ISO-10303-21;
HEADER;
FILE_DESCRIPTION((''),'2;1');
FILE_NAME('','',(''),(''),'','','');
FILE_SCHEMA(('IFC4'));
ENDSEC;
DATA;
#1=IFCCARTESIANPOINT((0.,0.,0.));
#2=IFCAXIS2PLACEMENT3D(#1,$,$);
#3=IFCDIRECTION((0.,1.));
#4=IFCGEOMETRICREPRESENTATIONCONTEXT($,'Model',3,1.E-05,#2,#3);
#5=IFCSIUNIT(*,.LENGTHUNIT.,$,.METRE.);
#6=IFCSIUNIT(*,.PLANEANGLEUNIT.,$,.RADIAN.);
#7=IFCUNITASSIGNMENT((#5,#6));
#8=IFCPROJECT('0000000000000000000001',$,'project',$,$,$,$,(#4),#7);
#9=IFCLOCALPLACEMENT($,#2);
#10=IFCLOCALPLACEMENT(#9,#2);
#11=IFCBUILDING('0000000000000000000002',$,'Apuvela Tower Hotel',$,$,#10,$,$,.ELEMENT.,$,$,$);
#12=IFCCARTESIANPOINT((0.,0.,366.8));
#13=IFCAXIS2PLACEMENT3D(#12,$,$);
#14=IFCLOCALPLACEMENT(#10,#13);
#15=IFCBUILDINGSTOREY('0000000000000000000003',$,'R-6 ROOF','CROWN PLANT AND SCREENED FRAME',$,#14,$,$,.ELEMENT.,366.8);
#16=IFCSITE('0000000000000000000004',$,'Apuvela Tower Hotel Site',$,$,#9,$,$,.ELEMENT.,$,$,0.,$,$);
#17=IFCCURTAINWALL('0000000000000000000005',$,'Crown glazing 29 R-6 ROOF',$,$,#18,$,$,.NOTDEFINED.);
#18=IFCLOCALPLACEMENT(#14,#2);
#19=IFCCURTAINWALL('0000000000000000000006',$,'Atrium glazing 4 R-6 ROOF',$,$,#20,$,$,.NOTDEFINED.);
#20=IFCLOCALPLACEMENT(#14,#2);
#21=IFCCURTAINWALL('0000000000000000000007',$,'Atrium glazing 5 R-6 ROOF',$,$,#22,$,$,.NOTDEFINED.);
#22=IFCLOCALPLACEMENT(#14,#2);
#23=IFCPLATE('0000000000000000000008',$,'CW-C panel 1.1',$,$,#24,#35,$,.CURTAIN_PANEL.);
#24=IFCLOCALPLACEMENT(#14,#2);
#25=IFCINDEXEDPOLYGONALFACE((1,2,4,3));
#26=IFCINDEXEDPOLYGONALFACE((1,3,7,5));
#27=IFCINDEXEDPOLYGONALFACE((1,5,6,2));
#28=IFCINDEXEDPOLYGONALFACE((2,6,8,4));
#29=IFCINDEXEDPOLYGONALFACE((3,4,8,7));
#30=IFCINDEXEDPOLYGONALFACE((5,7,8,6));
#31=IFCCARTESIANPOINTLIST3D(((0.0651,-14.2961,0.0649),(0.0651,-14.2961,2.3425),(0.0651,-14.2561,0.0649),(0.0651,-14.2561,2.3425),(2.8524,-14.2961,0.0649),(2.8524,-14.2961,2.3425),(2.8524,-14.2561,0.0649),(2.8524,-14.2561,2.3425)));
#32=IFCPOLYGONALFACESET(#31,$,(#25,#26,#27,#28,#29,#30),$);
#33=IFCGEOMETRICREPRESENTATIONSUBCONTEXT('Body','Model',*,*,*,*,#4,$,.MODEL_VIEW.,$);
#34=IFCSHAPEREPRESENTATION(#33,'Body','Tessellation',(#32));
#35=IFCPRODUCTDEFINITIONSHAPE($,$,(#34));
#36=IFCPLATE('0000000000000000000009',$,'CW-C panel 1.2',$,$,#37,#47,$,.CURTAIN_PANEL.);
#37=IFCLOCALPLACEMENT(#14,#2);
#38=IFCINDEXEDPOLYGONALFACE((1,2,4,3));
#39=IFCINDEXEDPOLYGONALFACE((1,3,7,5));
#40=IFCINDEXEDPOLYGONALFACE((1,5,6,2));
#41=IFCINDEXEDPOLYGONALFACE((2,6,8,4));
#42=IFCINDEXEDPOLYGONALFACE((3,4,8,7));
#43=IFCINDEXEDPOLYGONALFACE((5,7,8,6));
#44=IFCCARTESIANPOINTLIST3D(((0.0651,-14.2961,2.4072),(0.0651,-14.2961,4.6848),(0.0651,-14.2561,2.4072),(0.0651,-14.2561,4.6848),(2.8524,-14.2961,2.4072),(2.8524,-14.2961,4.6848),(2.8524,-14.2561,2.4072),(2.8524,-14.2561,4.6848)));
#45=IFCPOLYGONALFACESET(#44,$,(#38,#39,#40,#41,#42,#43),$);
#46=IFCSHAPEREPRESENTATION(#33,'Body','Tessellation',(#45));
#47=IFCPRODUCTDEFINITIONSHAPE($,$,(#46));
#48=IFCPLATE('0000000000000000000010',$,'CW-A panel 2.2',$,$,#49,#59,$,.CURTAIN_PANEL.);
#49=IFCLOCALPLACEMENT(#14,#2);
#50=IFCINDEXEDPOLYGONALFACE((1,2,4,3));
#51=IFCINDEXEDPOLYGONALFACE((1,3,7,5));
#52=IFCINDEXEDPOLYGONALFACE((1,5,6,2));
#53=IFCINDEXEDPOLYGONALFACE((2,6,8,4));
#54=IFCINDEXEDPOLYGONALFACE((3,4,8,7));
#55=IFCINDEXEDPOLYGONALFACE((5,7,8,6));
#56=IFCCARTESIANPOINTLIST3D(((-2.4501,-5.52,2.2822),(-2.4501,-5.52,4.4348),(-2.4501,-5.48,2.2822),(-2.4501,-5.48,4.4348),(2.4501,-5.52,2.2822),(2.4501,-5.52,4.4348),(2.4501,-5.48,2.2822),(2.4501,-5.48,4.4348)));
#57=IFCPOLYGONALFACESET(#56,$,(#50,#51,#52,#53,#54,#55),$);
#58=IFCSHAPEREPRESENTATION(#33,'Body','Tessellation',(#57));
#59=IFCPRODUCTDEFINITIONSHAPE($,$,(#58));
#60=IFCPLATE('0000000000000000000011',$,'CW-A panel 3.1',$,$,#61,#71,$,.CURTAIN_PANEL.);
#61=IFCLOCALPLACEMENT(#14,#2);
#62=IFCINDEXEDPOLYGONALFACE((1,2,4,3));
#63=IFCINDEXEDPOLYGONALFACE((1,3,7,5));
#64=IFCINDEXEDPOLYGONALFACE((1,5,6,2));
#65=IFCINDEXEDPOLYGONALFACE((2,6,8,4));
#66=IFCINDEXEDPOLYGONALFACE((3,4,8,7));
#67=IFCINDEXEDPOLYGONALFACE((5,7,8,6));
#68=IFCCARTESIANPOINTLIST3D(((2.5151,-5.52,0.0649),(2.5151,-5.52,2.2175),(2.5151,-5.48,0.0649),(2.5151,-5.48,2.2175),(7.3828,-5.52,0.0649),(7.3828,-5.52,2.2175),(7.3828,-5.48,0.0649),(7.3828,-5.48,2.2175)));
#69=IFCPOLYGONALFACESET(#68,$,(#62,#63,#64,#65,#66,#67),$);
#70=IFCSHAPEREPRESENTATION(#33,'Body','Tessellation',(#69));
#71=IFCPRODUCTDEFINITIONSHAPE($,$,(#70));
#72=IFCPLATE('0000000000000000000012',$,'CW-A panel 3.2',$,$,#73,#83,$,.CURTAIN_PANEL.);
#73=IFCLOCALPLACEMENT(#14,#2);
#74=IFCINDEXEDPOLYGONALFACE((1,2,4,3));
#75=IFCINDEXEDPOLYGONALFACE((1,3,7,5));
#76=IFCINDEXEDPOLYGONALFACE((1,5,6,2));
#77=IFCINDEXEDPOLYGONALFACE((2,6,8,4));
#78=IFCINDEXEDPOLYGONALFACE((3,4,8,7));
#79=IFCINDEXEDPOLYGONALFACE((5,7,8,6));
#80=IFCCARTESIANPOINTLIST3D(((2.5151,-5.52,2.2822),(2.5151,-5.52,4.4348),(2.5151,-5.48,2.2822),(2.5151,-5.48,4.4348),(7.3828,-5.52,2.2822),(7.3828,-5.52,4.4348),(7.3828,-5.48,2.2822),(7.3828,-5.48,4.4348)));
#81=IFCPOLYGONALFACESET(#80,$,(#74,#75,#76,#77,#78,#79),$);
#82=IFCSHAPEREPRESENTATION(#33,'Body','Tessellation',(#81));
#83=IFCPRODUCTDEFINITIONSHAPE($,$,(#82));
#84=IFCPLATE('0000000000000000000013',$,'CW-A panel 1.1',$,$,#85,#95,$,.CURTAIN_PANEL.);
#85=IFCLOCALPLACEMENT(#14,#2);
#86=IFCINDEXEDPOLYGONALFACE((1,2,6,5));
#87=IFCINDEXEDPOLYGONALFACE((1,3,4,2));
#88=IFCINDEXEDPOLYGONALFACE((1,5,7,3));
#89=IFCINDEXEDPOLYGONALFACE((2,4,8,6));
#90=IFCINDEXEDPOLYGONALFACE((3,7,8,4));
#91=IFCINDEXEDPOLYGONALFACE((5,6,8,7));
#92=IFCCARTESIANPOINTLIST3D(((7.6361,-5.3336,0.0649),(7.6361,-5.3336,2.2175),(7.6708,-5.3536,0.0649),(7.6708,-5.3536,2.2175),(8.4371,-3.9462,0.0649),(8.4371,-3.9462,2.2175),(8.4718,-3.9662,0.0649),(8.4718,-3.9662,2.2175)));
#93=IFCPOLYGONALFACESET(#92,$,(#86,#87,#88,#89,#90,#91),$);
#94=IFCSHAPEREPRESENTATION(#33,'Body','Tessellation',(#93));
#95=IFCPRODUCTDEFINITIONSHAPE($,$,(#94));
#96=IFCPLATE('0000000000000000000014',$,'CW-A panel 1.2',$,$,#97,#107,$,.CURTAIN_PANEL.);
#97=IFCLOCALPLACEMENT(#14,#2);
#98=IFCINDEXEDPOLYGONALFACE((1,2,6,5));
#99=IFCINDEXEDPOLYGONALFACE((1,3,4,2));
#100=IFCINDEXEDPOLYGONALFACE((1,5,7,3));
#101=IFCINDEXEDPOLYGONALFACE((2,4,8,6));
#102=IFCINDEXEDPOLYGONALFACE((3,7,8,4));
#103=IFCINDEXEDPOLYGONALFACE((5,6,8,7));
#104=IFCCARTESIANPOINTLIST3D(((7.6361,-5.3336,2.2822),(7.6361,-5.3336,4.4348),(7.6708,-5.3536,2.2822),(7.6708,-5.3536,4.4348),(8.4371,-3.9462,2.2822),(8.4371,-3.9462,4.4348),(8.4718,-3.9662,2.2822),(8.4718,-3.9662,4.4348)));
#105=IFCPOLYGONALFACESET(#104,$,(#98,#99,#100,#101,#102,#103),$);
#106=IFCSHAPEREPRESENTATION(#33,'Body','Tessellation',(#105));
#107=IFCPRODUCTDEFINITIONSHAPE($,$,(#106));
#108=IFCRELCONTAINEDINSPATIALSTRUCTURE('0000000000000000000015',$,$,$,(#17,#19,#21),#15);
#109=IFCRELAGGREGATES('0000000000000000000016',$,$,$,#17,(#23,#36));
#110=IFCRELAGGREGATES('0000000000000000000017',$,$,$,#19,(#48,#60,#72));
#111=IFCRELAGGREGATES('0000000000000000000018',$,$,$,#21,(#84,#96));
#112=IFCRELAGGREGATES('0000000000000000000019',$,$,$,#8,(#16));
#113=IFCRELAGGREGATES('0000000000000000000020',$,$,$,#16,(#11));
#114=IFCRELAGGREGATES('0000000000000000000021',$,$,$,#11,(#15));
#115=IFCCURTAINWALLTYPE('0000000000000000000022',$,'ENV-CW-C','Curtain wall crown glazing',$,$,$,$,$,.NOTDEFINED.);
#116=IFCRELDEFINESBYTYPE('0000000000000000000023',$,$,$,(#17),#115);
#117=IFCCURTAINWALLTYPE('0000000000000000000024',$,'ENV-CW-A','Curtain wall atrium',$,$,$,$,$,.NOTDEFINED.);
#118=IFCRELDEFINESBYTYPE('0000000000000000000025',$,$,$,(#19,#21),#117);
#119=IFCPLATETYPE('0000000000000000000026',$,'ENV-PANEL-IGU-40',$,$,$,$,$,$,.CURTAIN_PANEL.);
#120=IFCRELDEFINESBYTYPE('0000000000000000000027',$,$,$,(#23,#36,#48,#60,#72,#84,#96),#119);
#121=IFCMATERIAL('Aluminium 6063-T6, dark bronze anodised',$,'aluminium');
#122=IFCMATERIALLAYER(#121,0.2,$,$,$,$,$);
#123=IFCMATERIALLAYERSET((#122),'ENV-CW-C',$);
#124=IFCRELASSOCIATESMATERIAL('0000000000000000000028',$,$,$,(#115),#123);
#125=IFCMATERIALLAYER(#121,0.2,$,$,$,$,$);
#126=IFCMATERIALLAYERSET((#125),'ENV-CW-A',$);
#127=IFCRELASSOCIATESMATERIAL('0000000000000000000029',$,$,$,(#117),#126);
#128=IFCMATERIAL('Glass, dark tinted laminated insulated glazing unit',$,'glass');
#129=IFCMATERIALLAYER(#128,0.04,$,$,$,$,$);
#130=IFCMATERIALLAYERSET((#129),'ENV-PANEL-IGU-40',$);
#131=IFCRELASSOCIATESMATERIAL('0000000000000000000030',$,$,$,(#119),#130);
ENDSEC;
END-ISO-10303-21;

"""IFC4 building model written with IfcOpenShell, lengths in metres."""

from ifc_helpers import new_model, si_unit, direction, frame, origin, origin_2d, place, context, subcontext, project, spatial, rectangle, extrude, material, layer, layer_set, type_object, element, aggregate, save


model = new_model("IFC4")

# Units and contexts
model_context = context("Model", 3, precision=1e-05, world=origin(), true_north=direction((0.0, 1.0)))
body_context = subcontext(model_context, "Body", "Model", "MODEL_VIEW")
ifc_project = project(units=[si_unit("LENGTHUNIT", "METRE"), si_unit("PLANEANGLEUNIT", "RADIAN")], contexts=[model_context])

# Site, building, storey
site_placement = place(None, origin())
site = spatial("IfcSite", under=ifc_project, at=site_placement, Name="Apuvela Tower Hotel Site", CompositionType="ELEMENT", RefElevation=0.0)
building_placement = place(site_placement, origin())
building = spatial("IfcBuilding", under=site, at=building_placement, Name="Apuvela Tower Hotel", CompositionType="ELEMENT")
storey_placement = place(building_placement, frame((0.0, 0.0, 366.8)))
storey = spatial("IfcBuildingStorey", under=building, at=storey_placement, Name="R-6 ROOF", Description="CROWN PLANT AND SCREENED FRAME", CompositionType="ELEMENT", Elevation=366.8)

# Curtain walls
ifc_material_1 = material(Name="Aluminium 6063-T6, dark bronze anodised", Category="aluminium")
ifc_layer_1 = layer(ifc_material_1, 0.2)
ifc_layer_set_1 = layer_set([ifc_layer_1], Name="ENV-CW-C")
curtain_wall_type_1 = type_object("IfcCurtainWallType", Name="ENV-CW-C", Description="Curtain wall crown glazing", PredefinedType="NOTDEFINED", material=ifc_layer_set_1)
curtain_wall_1_placement = place(storey_placement, origin())
curtain_wall_1 = element("IfcCurtainWall", 1, at=curtain_wall_1_placement, inside=storey, type_object=curtain_wall_type_1, Name="Crown glazing 29 R-6 ROOF", PredefinedType="NOTDEFINED")
ifc_layer_2 = layer(ifc_material_1, 0.2)
ifc_layer_set_2 = layer_set([ifc_layer_2], Name="ENV-CW-A")
curtain_wall_type_2 = type_object("IfcCurtainWallType", Name="ENV-CW-A", Description="Curtain wall atrium", PredefinedType="NOTDEFINED", material=ifc_layer_set_2)
curtain_wall_2_placement = place(storey_placement, origin())
curtain_wall_2 = element("IfcCurtainWall", 2, at=curtain_wall_2_placement, inside=storey, type_object=curtain_wall_type_2, Name="Atrium glazing 4 R-6 ROOF", PredefinedType="NOTDEFINED")
curtain_wall_3_placement = place(storey_placement, origin())
curtain_wall_3 = element("IfcCurtainWall", 3, at=curtain_wall_3_placement, inside=storey, type_object=curtain_wall_type_2, Name="Atrium glazing 5 R-6 ROOF", PredefinedType="NOTDEFINED")

# Plates
ifc_material_2 = material(Name="Glass, dark tinted laminated insulated glazing unit", Category="glass")
ifc_layer_3 = layer(ifc_material_2, 0.04)
ifc_layer_set_3 = layer_set([ifc_layer_3], Name="ENV-PANEL-IGU-40")
plate_type_1 = type_object("IfcPlateType", Name="ENV-PANEL-IGU-40", PredefinedType="CURTAIN_PANEL", material=ifc_layer_set_3)
plate_1_placement = place(storey_placement, frame((1.4587, -14.2761, 0.0649), z_axis=(0.0, 0.0, 1.0), x_axis=(1.0, 0.0, 0.0)))
plate_1 = element("IfcPlate", 4, at=plate_1_placement, type_object=plate_type_1, Name="CW-C panel 1.1", PredefinedType="CURTAIN_PANEL", context=body_context, shape_type="SweptSolid", body=[
    extrude(rectangle(XDim=2.7874, YDim=0.04, at=origin_2d()), origin(), (0.0, 0.0, 1.0), 2.2776),
])
plate_2_placement = place(storey_placement, frame((1.4587, -14.2761, 2.4072), z_axis=(0.0, 0.0, 1.0), x_axis=(1.0, 0.0, 0.0)))
plate_2 = element("IfcPlate", 5, at=plate_2_placement, type_object=plate_type_1, Name="CW-C panel 1.2", PredefinedType="CURTAIN_PANEL", context=body_context, shape_type="SweptSolid", body=[
    extrude(rectangle(XDim=2.7874, YDim=0.04, at=origin_2d()), origin(), (0.0, 0.0, 1.0), 2.2776),
])
aggregate(curtain_wall_1, [plate_1, plate_2])
plate_3_placement = place(storey_placement, frame((0.0, -5.5, 2.2822), z_axis=(0.0, 0.0, 1.0), x_axis=(1.0, 0.0, 0.0)))
plate_3 = element("IfcPlate", 6, at=plate_3_placement, type_object=plate_type_1, Name="CW-A panel 2.2", PredefinedType="CURTAIN_PANEL", context=body_context, shape_type="SweptSolid", body=[
    extrude(rectangle(XDim=4.9001, YDim=0.04, at=origin_2d()), origin(), (0.0, 0.0, 1.0), 2.1526),
])
plate_4_placement = place(storey_placement, frame((4.949, -5.5, 0.0649), z_axis=(0.0, 0.0, 1.0), x_axis=(1.0, 0.0, 0.0)))
plate_4 = element("IfcPlate", 7, at=plate_4_placement, type_object=plate_type_1, Name="CW-A panel 3.1", PredefinedType="CURTAIN_PANEL", context=body_context, shape_type="SweptSolid", body=[
    extrude(rectangle(XDim=4.8677, YDim=0.04, at=origin_2d()), origin(), (0.0, 0.0, 1.0), 2.1526),
])
plate_5_placement = place(storey_placement, frame((4.949, -5.5, 2.2822), z_axis=(0.0, 0.0, 1.0), x_axis=(1.0, 0.0, 0.0)))
plate_5 = element("IfcPlate", 8, at=plate_5_placement, type_object=plate_type_1, Name="CW-A panel 3.2", PredefinedType="CURTAIN_PANEL", context=body_context, shape_type="SweptSolid", body=[
    extrude(rectangle(XDim=4.8677, YDim=0.04, at=origin_2d()), origin(), (0.0, 0.0, 1.0), 2.1526),
])
aggregate(curtain_wall_2, [plate_3, plate_4, plate_5])
plate_6_placement = place(storey_placement, frame((8.054, -4.6499, 0.0649), z_axis=(0.0, 0.0, 1.0), x_axis=(0.499989, 0.866032, 0.0)))
plate_6 = element("IfcPlate", 9, at=plate_6_placement, type_object=plate_type_1, Name="CW-A panel 1.1", PredefinedType="CURTAIN_PANEL", context=body_context, shape_type="SweptSolid", body=[
    extrude(rectangle(XDim=1.6021, YDim=0.04, at=origin_2d()), origin(), (0.0, 0.0, 1.0), 2.1526),
])
plate_7_placement = place(storey_placement, frame((8.054, -4.6499, 2.2822), z_axis=(0.0, 0.0, 1.0), x_axis=(0.499989, 0.866032, 0.0)))
plate_7 = element("IfcPlate", 10, at=plate_7_placement, type_object=plate_type_1, Name="CW-A panel 1.2", PredefinedType="CURTAIN_PANEL", context=body_context, shape_type="SweptSolid", body=[
    extrude(rectangle(XDim=1.6021, YDim=0.04, at=origin_2d()), origin(), (0.0, 0.0, 1.0), 2.1526),
])
aggregate(curtain_wall_3, [plate_6, plate_7])

save(model, "model.ifc")
